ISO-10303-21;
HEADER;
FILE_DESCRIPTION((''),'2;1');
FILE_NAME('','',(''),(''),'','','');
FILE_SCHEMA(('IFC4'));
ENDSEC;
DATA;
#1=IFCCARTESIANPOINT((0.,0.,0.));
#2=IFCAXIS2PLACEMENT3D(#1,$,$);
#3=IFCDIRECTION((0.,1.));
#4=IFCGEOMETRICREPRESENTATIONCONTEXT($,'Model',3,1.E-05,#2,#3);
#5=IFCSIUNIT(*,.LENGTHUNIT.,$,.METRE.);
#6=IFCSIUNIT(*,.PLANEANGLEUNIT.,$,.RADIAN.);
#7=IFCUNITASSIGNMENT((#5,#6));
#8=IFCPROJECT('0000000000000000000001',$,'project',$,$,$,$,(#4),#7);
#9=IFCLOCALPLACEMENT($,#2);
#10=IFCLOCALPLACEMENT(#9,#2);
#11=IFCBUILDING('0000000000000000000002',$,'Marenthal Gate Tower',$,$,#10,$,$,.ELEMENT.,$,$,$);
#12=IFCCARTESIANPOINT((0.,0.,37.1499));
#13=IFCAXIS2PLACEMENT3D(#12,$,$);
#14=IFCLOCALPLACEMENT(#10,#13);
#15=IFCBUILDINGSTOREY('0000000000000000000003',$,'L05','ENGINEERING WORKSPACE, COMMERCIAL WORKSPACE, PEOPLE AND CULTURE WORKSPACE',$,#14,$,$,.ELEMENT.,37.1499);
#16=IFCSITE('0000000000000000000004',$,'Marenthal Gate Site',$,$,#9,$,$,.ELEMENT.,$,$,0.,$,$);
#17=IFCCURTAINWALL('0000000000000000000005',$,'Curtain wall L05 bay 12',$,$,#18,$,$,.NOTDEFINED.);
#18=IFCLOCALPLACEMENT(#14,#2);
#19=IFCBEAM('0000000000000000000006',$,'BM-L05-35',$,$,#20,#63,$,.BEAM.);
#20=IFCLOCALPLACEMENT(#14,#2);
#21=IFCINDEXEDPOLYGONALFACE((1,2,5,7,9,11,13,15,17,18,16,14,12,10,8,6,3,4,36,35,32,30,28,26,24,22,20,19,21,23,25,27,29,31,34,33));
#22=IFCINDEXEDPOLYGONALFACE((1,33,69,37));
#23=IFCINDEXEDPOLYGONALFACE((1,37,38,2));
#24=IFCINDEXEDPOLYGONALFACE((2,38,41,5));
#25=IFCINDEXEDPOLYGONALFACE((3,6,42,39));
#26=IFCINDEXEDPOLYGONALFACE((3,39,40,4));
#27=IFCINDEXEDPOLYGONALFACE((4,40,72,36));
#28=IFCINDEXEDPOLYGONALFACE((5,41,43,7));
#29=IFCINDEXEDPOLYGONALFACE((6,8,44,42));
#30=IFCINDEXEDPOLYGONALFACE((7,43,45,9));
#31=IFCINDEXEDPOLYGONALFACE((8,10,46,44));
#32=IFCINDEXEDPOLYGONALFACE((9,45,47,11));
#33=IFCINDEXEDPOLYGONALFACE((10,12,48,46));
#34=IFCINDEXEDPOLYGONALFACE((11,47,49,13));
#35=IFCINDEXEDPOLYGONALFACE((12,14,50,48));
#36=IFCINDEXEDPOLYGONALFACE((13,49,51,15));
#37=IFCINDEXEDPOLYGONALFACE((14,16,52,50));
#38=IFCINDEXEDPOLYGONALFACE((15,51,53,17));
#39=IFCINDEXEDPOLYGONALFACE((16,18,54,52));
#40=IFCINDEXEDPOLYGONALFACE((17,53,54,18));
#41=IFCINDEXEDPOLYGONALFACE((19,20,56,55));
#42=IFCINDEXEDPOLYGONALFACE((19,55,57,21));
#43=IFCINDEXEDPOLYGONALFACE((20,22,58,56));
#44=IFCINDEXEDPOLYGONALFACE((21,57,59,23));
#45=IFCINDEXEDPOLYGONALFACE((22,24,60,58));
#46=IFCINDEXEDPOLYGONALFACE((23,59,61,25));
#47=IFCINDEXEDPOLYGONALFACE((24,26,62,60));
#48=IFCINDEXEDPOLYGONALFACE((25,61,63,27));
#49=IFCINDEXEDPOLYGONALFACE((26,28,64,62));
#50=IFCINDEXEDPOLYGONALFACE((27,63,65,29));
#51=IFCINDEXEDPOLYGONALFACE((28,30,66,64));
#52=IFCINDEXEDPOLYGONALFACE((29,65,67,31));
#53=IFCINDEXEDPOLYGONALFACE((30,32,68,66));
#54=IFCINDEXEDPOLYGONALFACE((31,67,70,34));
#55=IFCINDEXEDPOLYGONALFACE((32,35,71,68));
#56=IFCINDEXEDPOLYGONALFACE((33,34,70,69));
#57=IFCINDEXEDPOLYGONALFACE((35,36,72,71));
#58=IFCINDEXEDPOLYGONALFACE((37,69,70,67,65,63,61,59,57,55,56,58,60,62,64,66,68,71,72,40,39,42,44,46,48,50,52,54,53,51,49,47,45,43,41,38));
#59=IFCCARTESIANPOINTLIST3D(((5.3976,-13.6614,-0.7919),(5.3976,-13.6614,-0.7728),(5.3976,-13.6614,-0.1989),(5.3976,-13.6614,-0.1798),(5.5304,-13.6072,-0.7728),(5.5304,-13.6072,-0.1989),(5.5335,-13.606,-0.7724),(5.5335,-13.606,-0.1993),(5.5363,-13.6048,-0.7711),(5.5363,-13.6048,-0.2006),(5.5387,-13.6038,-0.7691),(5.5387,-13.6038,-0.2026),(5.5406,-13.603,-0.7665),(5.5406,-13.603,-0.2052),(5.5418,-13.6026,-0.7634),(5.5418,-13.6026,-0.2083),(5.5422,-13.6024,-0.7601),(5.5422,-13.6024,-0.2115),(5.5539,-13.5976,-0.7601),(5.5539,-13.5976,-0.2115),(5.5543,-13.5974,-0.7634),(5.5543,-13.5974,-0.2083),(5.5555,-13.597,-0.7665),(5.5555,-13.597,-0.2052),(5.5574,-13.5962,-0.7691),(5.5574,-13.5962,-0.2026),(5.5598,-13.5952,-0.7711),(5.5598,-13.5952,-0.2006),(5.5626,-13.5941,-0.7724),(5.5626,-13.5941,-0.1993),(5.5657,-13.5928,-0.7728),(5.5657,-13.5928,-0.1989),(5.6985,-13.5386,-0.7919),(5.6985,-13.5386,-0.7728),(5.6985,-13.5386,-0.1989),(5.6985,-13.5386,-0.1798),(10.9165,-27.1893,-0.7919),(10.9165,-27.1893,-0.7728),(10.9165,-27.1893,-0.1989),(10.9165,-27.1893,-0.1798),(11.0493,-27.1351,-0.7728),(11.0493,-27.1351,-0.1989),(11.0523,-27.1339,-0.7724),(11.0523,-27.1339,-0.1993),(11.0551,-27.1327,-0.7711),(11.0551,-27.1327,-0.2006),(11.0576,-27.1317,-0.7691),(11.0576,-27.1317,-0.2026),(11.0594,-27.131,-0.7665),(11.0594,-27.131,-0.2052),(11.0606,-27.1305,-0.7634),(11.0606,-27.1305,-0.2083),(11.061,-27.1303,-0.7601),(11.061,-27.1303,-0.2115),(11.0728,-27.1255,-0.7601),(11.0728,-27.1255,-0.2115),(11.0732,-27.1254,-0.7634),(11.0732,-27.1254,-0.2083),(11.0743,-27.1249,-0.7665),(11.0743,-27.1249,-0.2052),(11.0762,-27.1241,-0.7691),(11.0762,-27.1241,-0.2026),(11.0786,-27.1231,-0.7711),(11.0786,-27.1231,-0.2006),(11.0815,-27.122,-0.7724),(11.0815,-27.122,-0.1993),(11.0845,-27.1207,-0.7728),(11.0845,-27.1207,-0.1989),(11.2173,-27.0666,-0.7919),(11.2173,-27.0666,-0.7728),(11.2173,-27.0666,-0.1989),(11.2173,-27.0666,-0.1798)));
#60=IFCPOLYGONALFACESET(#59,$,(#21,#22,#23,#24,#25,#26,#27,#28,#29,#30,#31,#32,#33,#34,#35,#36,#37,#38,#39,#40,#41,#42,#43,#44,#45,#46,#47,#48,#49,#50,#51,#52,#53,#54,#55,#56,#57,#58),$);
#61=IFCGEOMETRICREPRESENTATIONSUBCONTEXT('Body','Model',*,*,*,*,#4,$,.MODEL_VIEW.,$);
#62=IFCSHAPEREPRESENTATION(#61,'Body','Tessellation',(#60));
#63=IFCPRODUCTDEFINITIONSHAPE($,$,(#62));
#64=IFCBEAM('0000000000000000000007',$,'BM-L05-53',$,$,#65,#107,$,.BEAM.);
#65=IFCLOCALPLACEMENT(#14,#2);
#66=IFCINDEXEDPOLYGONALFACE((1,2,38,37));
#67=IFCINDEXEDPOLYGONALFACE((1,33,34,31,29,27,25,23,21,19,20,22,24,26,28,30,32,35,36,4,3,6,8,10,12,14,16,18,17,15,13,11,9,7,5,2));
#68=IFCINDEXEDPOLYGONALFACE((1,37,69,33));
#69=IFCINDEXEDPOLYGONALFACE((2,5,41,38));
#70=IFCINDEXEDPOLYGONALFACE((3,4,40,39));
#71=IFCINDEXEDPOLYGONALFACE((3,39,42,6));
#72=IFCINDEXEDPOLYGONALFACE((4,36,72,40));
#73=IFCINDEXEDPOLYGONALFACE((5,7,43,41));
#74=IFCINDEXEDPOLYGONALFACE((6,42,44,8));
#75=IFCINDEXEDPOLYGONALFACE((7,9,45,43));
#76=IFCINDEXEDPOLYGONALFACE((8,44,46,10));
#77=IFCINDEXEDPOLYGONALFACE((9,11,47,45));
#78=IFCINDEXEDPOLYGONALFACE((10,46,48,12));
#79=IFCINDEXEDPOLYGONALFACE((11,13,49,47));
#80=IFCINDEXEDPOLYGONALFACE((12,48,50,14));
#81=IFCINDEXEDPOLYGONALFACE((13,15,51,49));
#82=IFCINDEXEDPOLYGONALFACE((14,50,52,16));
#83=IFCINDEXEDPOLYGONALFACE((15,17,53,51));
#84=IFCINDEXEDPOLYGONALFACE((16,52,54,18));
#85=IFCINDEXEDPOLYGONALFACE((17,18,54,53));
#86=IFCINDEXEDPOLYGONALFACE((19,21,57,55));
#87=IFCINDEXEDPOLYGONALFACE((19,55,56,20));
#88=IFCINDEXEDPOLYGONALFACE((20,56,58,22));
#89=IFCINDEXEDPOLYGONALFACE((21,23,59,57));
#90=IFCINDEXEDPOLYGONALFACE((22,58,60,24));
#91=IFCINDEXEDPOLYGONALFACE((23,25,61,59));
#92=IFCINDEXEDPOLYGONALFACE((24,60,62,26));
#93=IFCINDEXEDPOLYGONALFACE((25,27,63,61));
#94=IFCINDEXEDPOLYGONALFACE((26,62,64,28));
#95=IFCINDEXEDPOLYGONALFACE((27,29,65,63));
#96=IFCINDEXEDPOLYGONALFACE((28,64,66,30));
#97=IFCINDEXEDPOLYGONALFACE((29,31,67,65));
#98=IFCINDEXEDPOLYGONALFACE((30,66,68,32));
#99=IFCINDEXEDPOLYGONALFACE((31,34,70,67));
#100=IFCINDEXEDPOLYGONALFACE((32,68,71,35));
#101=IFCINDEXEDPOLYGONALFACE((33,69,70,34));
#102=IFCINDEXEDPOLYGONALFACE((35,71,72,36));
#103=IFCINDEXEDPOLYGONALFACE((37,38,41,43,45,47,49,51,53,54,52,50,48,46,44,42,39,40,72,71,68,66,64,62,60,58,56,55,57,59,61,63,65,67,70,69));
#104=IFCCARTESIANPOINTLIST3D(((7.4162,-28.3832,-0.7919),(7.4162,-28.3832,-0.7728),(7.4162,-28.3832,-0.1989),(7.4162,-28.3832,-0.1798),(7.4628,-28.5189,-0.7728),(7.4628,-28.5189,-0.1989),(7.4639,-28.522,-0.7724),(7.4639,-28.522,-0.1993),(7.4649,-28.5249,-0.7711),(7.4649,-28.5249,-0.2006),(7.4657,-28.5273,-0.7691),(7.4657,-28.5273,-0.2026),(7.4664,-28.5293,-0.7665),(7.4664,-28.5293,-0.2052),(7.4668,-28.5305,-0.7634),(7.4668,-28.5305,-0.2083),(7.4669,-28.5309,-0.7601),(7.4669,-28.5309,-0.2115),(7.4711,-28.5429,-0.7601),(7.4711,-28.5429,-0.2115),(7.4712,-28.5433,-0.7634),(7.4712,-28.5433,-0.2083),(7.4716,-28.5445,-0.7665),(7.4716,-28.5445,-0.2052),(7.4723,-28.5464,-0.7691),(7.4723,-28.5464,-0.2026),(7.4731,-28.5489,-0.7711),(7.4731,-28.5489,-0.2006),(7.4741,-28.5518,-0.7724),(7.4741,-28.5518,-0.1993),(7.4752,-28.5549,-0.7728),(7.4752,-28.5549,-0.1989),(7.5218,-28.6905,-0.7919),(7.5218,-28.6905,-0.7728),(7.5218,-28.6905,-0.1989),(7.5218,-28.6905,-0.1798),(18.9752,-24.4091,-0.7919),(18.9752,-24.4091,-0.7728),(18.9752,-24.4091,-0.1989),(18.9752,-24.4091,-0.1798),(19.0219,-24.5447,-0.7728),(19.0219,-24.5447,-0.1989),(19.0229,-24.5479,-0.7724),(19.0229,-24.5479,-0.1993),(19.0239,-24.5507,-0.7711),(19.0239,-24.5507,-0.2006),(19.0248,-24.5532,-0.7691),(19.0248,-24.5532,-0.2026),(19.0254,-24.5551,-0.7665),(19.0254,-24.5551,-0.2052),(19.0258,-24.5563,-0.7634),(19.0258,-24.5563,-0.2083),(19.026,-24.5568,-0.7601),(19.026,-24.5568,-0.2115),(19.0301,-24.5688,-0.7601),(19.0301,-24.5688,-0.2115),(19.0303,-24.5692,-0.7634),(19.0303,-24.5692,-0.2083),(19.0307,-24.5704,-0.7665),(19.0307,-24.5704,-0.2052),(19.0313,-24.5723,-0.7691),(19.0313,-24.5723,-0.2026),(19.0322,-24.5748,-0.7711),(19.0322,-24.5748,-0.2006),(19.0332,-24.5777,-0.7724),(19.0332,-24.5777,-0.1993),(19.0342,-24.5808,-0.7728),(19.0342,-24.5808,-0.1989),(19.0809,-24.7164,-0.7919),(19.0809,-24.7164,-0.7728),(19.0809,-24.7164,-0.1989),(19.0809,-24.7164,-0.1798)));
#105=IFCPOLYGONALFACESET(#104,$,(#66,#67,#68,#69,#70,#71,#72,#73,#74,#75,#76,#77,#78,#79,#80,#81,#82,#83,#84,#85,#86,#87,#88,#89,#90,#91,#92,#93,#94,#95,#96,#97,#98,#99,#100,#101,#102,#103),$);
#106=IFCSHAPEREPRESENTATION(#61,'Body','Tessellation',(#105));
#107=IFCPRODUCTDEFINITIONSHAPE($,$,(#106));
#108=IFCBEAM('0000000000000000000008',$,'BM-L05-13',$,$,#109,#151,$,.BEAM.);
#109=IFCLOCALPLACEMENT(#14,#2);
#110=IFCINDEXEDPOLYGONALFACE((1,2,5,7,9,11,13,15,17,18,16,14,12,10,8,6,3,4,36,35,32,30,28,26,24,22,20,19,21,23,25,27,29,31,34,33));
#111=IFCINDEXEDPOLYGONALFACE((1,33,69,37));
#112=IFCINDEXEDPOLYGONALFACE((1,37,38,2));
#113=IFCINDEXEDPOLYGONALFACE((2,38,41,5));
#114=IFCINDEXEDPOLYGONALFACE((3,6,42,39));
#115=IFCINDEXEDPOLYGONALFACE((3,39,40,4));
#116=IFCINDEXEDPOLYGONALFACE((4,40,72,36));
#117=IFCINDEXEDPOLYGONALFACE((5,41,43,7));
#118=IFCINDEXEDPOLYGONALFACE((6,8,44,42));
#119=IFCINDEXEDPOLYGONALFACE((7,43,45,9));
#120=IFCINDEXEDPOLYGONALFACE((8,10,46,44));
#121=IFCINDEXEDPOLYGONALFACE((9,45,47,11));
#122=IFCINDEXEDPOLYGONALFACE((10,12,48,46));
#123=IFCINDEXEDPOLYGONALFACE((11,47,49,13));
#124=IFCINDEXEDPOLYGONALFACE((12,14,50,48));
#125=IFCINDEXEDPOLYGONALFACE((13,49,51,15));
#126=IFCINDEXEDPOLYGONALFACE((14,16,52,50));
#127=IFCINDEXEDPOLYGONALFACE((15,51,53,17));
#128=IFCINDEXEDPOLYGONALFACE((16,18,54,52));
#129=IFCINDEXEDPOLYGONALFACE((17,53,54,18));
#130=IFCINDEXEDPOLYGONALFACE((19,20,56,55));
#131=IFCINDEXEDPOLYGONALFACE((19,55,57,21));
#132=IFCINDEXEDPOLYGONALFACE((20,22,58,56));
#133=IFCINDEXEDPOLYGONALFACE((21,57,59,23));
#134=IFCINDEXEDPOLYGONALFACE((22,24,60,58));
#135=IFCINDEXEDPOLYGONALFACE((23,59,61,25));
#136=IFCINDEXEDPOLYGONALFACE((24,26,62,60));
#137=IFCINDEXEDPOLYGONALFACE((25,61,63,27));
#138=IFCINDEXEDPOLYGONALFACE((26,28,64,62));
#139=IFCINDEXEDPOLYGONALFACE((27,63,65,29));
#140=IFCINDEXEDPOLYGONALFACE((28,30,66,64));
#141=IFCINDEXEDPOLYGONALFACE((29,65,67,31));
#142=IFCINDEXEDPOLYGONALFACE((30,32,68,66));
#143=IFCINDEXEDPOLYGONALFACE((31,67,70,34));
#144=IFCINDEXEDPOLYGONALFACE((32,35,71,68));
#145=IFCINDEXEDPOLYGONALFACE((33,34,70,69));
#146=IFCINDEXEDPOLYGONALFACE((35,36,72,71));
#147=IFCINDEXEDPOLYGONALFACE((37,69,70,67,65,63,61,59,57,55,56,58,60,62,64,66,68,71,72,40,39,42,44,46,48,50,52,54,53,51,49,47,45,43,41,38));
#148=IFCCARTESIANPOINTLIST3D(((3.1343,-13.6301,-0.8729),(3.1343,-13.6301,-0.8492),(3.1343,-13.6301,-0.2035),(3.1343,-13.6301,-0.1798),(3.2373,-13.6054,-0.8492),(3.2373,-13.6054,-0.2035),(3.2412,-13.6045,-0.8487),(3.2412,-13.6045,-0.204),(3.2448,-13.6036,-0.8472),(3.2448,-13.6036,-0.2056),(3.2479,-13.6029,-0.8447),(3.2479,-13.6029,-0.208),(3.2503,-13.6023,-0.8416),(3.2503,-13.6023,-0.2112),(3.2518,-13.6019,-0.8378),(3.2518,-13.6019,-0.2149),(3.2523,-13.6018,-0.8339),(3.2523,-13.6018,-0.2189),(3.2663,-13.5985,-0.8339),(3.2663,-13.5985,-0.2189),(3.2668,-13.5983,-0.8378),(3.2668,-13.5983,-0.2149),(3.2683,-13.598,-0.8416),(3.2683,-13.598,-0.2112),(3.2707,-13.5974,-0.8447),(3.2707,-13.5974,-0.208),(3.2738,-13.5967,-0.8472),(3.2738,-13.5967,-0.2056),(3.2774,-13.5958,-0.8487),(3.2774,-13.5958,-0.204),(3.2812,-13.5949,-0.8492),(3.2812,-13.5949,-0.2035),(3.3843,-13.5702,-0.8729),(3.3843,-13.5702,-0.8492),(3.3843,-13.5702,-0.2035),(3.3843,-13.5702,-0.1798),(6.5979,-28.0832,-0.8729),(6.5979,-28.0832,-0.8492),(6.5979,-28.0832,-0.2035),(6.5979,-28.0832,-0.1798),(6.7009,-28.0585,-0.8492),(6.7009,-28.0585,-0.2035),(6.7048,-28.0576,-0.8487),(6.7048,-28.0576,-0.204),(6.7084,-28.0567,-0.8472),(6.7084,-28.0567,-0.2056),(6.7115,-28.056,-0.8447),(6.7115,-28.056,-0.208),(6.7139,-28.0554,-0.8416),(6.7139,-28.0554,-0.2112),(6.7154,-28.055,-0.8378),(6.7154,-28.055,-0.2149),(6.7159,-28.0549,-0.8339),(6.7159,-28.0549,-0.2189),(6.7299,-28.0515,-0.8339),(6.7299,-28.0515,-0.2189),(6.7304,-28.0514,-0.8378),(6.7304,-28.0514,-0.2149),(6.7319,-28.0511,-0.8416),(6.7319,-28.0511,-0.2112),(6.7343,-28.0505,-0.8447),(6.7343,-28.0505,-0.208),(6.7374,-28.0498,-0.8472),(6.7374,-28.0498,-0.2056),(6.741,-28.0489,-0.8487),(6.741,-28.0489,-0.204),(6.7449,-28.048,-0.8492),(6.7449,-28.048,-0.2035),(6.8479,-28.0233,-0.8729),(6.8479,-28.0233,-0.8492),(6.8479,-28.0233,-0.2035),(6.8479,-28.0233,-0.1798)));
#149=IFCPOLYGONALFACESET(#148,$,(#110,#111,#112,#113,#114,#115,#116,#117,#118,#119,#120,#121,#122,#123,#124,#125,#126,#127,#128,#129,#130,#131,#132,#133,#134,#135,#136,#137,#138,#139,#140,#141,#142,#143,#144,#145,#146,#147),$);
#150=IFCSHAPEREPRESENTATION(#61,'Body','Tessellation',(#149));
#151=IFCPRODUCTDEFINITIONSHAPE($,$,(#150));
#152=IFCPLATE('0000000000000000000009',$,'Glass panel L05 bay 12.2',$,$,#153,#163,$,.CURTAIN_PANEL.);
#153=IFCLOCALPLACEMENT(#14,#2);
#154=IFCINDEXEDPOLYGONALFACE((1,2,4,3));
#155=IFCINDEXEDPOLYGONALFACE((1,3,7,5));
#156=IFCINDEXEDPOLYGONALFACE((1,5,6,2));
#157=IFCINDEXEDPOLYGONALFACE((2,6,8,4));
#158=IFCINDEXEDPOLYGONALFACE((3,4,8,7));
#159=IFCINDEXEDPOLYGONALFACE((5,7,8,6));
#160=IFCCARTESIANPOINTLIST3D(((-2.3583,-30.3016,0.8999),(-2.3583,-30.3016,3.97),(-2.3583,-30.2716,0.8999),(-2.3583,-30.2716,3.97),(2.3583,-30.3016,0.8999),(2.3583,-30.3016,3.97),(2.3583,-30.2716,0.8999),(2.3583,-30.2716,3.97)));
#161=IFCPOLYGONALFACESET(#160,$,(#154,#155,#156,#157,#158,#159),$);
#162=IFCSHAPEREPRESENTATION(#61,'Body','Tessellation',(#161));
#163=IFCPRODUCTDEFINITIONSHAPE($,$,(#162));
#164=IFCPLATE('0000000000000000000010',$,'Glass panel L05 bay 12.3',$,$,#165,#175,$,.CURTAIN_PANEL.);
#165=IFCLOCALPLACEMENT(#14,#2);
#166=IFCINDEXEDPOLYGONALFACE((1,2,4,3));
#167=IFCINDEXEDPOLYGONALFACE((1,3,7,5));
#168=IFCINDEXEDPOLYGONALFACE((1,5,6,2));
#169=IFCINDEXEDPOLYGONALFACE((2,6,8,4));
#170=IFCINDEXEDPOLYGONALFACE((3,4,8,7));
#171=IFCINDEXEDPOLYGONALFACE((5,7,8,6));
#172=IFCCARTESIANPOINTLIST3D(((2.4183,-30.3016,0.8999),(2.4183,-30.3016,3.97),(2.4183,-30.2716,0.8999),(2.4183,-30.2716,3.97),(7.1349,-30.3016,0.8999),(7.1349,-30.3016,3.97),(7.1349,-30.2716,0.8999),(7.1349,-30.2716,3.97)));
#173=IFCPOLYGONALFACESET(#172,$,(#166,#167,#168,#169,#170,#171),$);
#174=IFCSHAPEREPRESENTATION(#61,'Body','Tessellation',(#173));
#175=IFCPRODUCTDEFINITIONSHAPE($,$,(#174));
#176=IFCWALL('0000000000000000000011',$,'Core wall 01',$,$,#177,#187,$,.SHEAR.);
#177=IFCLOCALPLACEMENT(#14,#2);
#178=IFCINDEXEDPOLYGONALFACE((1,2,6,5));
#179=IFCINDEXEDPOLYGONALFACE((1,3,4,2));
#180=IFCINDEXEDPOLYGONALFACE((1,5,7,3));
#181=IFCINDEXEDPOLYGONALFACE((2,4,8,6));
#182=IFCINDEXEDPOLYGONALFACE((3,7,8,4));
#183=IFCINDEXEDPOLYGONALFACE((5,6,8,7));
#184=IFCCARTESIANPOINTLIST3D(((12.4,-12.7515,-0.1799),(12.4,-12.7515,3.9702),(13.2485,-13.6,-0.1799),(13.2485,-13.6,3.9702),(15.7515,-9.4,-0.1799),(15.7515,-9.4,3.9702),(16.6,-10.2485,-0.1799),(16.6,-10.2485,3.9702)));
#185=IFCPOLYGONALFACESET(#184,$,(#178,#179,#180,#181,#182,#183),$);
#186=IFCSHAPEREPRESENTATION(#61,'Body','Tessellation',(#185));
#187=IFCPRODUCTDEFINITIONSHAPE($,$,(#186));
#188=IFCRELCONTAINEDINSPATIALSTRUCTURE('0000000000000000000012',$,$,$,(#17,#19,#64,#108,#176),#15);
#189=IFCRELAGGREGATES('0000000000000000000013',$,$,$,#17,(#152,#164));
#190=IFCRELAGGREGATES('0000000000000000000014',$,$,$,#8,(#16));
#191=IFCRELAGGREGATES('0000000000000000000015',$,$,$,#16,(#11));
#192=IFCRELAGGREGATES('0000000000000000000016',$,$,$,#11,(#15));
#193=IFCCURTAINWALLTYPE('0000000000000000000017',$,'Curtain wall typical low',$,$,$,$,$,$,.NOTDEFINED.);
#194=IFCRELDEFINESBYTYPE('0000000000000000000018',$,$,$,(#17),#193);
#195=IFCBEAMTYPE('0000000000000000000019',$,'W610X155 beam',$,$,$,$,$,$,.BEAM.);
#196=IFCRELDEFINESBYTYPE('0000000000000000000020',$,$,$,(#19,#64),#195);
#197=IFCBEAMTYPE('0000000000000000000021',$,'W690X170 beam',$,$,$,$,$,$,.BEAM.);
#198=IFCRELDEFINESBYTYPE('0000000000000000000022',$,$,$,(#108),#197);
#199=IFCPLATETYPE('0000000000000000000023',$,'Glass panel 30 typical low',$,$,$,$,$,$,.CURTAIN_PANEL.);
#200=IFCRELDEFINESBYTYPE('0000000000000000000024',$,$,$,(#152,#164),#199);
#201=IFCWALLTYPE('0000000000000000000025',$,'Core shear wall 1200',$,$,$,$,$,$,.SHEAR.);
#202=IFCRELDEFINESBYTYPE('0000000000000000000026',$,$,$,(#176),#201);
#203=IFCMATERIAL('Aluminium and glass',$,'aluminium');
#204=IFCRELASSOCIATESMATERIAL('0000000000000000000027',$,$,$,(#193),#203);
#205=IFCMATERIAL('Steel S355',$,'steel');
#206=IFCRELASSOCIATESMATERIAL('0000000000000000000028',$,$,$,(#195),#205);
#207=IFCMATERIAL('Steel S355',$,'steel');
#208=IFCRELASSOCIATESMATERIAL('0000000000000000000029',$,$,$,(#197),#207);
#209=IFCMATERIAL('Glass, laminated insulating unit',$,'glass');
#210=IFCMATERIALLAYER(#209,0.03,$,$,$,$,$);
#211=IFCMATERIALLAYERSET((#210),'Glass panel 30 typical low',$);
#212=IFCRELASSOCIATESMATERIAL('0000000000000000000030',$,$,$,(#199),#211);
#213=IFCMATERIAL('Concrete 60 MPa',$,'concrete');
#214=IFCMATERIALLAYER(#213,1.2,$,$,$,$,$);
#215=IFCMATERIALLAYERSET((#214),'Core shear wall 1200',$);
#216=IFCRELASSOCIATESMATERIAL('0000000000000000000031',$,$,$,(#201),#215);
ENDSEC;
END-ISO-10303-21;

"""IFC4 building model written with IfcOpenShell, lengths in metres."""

from ifc_helpers import new_model, si_unit, direction, frame, frame_2d, origin, origin_2d, place, context, subcontext, project, spatial, rectangle, i_section, extrude, material, layer, layer_set, material_profile, profile_set, type_object, element, aggregate, save


model = new_model("IFC4")

# Units and contexts
model_context = context("Model", 3, precision=1e-05, world=origin(), true_north=direction((0.0, 1.0)))
body_context = subcontext(model_context, "Body", "Model", "MODEL_VIEW")
ifc_project = project(units=[si_unit("LENGTHUNIT", "METRE"), si_unit("PLANEANGLEUNIT", "RADIAN")], contexts=[model_context])

# Site, building, storey
site_placement = place(None, origin())
site = spatial("IfcSite", under=ifc_project, at=site_placement, Name="Marenthal Gate Site", CompositionType="ELEMENT", RefElevation=0.0)
building_placement = place(site_placement, origin())
building = spatial("IfcBuilding", under=site, at=building_placement, Name="Marenthal Gate Tower", CompositionType="ELEMENT")
storey_placement = place(building_placement, frame((0.0, 0.0, 37.1499)))
storey = spatial("IfcBuildingStorey", under=building, at=storey_placement, Name="L05", Description="ENGINEERING WORKSPACE, COMMERCIAL WORKSPACE, PEOPLE AND CULTURE WORKSPACE", CompositionType="ELEMENT", Elevation=37.1499)

# Curtain wall
ifc_material_1 = material(Name="Aluminium and glass", Category="aluminium")
curtain_wall_type = type_object("IfcCurtainWallType", Name="Curtain wall typical low", PredefinedType="NOTDEFINED", material=ifc_material_1)
curtain_wall_placement = place(storey_placement, origin())
curtain_wall = element("IfcCurtainWall", 1, at=curtain_wall_placement, inside=storey, type_object=curtain_wall_type, Name="Curtain wall L05 bay 12", PredefinedType="NOTDEFINED")

# Beams
ifc_material_2 = material(Name="Steel S355", Category="steel")
ifc_material_profile_1 = material_profile(ifc_material_2, i_section(OverallWidth=0.325, OverallDepth=0.6121, WebThickness=0.0127, FlangeThickness=0.019, FilletRadius=0.0127, at=origin_2d()), Name="W610X155")
ifc_profile_set_1 = profile_set([ifc_material_profile_1], Name="Steel S355")
beam_type_1 = type_object("IfcBeamType", Name="W610X155 beam", PredefinedType="BEAM", material=ifc_profile_set_1)
beam_1_placement = place(storey_placement, frame((11.0669, -27.1279, -0.4858), z_axis=(-0.377735, 0.925914, 0.0), x_axis=(-0.925914, -0.377735, 0.0)))
element("IfcBeam", 2, at=beam_1_placement, inside=storey, type_object=beam_type_1, Name="BM-L05-35", PredefinedType="BEAM", context=body_context, shape_type="SweptSolid", body=[
    extrude(i_section(OverallWidth=0.325, OverallDepth=0.6121, WebThickness=0.0127, FlangeThickness=0.019, FilletRadius=0.0127, at=origin_2d()), origin(), (0.0, 0.0, 1.0), 14.6104),
])
beam_2_placement = place(storey_placement, frame((7.469, -28.5369, -0.4858), z_axis=(0.945669, 0.32513, 0.0), x_axis=(-0.32513, 0.945669, 0.0)))
element("IfcBeam", 3, at=beam_2_placement, inside=storey, type_object=beam_type_1, Name="BM-L05-53", PredefinedType="BEAM", context=body_context, shape_type="SweptSolid", body=[
    extrude(i_section(OverallWidth=0.325, OverallDepth=0.6121, WebThickness=0.0127, FlangeThickness=0.019, FilletRadius=0.0127, at=origin_2d()), origin(), (0.0, 0.0, 1.0), 12.2231),
])
ifc_material_3 = material(Name="Steel S355", Category="steel")
ifc_material_profile_2 = material_profile(ifc_material_3, i_section(OverallWidth=0.2571, OverallDepth=0.6931, WebThickness=0.0144, FlangeThickness=0.0237, FilletRadius=0.0154, at=origin_2d()), Name="W690X170")
ifc_profile_set_2 = profile_set([ifc_material_profile_2], Name="Steel S355")
beam_type_2 = type_object("IfcBeamType", Name="W690X170 beam", PredefinedType="BEAM", material=ifc_profile_set_2)
beam_3_placement = place(storey_placement, frame((6.7229, -28.0532, -0.5264), z_axis=(-0.233047, 0.972466, 0.0), x_axis=(-0.972466, -0.233047, 0.0)))
element("IfcBeam", 4, at=beam_3_placement, inside=storey, type_object=beam_type_2, Name="BM-L05-13", PredefinedType="BEAM", context=body_context, shape_type="SweptSolid", body=[
    extrude(i_section(OverallWidth=0.2571, OverallDepth=0.6931, WebThickness=0.0144, FlangeThickness=0.0237, FilletRadius=0.0154, at=origin_2d()), origin(), (0.0, 0.0, 1.0), 14.8623),
])

# Plates
ifc_material_4 = material(Name="Glass, laminated insulating unit", Category="glass")
ifc_layer_1 = layer(ifc_material_4, 0.03)
ifc_layer_set_1 = layer_set([ifc_layer_1], Name="Glass panel 30 typical low")
plate_type = type_object("IfcPlateType", Name="Glass panel 30 typical low", PredefinedType="CURTAIN_PANEL", material=ifc_layer_set_1)
plate_1_placement = place(storey_placement, frame((0.0, -30.2866, 0.8999), z_axis=(0.0, 0.0, 1.0), x_axis=(1.0, 0.0, 0.0)))
plate_1 = element("IfcPlate", 5, at=plate_1_placement, type_object=plate_type, Name="Glass panel L05 bay 12.2", PredefinedType="CURTAIN_PANEL", context=body_context, shape_type="SweptSolid", body=[
    extrude(rectangle(XDim=4.7166, YDim=0.03, at=origin_2d()), origin(), (0.0, 0.0, 1.0), 3.0701),
])
plate_2_placement = place(storey_placement, frame((4.7766, -30.2866, 0.8999), z_axis=(0.0, 0.0, 1.0), x_axis=(1.0, 0.0, 0.0)))
plate_2 = element("IfcPlate", 6, at=plate_2_placement, type_object=plate_type, Name="Glass panel L05 bay 12.3", PredefinedType="CURTAIN_PANEL", context=body_context, shape_type="SweptSolid", body=[
    extrude(rectangle(XDim=4.7166, YDim=0.03, at=origin_2d()), origin(), (0.0, 0.0, 1.0), 3.0701),
])
aggregate(curtain_wall, [plate_1, plate_2])

# Wall
ifc_material_5 = material(Name="Concrete 60 MPa", Category="concrete")
ifc_layer_2 = layer(ifc_material_5, 1.2)
ifc_layer_set_2 = layer_set([ifc_layer_2], Name="Core shear wall 1200")
wall_type_1 = type_object("IfcWallType", Name="Core shear wall 1200", PredefinedType="SHEAR", material=ifc_layer_set_2)
wall_1_placement = place(storey_placement, frame((12.8242, -13.1758, -0.1799), z_axis=(0.0, 0.0, 1.0), x_axis=(0.707107, 0.707107, 0.0)))
element("IfcWall", 7, at=wall_1_placement, inside=storey, type_object=wall_type_1, Name="Core wall 01", PredefinedType="SHEAR", context=body_context, shape_type="SweptSolid", body=[
    extrude(rectangle(XDim=4.7397, YDim=1.2, at=frame_2d((2.3699, 0.0))), origin(), (0.0, 0.0, 1.0), 4.1501),
])

save(model, "model.ifc")
